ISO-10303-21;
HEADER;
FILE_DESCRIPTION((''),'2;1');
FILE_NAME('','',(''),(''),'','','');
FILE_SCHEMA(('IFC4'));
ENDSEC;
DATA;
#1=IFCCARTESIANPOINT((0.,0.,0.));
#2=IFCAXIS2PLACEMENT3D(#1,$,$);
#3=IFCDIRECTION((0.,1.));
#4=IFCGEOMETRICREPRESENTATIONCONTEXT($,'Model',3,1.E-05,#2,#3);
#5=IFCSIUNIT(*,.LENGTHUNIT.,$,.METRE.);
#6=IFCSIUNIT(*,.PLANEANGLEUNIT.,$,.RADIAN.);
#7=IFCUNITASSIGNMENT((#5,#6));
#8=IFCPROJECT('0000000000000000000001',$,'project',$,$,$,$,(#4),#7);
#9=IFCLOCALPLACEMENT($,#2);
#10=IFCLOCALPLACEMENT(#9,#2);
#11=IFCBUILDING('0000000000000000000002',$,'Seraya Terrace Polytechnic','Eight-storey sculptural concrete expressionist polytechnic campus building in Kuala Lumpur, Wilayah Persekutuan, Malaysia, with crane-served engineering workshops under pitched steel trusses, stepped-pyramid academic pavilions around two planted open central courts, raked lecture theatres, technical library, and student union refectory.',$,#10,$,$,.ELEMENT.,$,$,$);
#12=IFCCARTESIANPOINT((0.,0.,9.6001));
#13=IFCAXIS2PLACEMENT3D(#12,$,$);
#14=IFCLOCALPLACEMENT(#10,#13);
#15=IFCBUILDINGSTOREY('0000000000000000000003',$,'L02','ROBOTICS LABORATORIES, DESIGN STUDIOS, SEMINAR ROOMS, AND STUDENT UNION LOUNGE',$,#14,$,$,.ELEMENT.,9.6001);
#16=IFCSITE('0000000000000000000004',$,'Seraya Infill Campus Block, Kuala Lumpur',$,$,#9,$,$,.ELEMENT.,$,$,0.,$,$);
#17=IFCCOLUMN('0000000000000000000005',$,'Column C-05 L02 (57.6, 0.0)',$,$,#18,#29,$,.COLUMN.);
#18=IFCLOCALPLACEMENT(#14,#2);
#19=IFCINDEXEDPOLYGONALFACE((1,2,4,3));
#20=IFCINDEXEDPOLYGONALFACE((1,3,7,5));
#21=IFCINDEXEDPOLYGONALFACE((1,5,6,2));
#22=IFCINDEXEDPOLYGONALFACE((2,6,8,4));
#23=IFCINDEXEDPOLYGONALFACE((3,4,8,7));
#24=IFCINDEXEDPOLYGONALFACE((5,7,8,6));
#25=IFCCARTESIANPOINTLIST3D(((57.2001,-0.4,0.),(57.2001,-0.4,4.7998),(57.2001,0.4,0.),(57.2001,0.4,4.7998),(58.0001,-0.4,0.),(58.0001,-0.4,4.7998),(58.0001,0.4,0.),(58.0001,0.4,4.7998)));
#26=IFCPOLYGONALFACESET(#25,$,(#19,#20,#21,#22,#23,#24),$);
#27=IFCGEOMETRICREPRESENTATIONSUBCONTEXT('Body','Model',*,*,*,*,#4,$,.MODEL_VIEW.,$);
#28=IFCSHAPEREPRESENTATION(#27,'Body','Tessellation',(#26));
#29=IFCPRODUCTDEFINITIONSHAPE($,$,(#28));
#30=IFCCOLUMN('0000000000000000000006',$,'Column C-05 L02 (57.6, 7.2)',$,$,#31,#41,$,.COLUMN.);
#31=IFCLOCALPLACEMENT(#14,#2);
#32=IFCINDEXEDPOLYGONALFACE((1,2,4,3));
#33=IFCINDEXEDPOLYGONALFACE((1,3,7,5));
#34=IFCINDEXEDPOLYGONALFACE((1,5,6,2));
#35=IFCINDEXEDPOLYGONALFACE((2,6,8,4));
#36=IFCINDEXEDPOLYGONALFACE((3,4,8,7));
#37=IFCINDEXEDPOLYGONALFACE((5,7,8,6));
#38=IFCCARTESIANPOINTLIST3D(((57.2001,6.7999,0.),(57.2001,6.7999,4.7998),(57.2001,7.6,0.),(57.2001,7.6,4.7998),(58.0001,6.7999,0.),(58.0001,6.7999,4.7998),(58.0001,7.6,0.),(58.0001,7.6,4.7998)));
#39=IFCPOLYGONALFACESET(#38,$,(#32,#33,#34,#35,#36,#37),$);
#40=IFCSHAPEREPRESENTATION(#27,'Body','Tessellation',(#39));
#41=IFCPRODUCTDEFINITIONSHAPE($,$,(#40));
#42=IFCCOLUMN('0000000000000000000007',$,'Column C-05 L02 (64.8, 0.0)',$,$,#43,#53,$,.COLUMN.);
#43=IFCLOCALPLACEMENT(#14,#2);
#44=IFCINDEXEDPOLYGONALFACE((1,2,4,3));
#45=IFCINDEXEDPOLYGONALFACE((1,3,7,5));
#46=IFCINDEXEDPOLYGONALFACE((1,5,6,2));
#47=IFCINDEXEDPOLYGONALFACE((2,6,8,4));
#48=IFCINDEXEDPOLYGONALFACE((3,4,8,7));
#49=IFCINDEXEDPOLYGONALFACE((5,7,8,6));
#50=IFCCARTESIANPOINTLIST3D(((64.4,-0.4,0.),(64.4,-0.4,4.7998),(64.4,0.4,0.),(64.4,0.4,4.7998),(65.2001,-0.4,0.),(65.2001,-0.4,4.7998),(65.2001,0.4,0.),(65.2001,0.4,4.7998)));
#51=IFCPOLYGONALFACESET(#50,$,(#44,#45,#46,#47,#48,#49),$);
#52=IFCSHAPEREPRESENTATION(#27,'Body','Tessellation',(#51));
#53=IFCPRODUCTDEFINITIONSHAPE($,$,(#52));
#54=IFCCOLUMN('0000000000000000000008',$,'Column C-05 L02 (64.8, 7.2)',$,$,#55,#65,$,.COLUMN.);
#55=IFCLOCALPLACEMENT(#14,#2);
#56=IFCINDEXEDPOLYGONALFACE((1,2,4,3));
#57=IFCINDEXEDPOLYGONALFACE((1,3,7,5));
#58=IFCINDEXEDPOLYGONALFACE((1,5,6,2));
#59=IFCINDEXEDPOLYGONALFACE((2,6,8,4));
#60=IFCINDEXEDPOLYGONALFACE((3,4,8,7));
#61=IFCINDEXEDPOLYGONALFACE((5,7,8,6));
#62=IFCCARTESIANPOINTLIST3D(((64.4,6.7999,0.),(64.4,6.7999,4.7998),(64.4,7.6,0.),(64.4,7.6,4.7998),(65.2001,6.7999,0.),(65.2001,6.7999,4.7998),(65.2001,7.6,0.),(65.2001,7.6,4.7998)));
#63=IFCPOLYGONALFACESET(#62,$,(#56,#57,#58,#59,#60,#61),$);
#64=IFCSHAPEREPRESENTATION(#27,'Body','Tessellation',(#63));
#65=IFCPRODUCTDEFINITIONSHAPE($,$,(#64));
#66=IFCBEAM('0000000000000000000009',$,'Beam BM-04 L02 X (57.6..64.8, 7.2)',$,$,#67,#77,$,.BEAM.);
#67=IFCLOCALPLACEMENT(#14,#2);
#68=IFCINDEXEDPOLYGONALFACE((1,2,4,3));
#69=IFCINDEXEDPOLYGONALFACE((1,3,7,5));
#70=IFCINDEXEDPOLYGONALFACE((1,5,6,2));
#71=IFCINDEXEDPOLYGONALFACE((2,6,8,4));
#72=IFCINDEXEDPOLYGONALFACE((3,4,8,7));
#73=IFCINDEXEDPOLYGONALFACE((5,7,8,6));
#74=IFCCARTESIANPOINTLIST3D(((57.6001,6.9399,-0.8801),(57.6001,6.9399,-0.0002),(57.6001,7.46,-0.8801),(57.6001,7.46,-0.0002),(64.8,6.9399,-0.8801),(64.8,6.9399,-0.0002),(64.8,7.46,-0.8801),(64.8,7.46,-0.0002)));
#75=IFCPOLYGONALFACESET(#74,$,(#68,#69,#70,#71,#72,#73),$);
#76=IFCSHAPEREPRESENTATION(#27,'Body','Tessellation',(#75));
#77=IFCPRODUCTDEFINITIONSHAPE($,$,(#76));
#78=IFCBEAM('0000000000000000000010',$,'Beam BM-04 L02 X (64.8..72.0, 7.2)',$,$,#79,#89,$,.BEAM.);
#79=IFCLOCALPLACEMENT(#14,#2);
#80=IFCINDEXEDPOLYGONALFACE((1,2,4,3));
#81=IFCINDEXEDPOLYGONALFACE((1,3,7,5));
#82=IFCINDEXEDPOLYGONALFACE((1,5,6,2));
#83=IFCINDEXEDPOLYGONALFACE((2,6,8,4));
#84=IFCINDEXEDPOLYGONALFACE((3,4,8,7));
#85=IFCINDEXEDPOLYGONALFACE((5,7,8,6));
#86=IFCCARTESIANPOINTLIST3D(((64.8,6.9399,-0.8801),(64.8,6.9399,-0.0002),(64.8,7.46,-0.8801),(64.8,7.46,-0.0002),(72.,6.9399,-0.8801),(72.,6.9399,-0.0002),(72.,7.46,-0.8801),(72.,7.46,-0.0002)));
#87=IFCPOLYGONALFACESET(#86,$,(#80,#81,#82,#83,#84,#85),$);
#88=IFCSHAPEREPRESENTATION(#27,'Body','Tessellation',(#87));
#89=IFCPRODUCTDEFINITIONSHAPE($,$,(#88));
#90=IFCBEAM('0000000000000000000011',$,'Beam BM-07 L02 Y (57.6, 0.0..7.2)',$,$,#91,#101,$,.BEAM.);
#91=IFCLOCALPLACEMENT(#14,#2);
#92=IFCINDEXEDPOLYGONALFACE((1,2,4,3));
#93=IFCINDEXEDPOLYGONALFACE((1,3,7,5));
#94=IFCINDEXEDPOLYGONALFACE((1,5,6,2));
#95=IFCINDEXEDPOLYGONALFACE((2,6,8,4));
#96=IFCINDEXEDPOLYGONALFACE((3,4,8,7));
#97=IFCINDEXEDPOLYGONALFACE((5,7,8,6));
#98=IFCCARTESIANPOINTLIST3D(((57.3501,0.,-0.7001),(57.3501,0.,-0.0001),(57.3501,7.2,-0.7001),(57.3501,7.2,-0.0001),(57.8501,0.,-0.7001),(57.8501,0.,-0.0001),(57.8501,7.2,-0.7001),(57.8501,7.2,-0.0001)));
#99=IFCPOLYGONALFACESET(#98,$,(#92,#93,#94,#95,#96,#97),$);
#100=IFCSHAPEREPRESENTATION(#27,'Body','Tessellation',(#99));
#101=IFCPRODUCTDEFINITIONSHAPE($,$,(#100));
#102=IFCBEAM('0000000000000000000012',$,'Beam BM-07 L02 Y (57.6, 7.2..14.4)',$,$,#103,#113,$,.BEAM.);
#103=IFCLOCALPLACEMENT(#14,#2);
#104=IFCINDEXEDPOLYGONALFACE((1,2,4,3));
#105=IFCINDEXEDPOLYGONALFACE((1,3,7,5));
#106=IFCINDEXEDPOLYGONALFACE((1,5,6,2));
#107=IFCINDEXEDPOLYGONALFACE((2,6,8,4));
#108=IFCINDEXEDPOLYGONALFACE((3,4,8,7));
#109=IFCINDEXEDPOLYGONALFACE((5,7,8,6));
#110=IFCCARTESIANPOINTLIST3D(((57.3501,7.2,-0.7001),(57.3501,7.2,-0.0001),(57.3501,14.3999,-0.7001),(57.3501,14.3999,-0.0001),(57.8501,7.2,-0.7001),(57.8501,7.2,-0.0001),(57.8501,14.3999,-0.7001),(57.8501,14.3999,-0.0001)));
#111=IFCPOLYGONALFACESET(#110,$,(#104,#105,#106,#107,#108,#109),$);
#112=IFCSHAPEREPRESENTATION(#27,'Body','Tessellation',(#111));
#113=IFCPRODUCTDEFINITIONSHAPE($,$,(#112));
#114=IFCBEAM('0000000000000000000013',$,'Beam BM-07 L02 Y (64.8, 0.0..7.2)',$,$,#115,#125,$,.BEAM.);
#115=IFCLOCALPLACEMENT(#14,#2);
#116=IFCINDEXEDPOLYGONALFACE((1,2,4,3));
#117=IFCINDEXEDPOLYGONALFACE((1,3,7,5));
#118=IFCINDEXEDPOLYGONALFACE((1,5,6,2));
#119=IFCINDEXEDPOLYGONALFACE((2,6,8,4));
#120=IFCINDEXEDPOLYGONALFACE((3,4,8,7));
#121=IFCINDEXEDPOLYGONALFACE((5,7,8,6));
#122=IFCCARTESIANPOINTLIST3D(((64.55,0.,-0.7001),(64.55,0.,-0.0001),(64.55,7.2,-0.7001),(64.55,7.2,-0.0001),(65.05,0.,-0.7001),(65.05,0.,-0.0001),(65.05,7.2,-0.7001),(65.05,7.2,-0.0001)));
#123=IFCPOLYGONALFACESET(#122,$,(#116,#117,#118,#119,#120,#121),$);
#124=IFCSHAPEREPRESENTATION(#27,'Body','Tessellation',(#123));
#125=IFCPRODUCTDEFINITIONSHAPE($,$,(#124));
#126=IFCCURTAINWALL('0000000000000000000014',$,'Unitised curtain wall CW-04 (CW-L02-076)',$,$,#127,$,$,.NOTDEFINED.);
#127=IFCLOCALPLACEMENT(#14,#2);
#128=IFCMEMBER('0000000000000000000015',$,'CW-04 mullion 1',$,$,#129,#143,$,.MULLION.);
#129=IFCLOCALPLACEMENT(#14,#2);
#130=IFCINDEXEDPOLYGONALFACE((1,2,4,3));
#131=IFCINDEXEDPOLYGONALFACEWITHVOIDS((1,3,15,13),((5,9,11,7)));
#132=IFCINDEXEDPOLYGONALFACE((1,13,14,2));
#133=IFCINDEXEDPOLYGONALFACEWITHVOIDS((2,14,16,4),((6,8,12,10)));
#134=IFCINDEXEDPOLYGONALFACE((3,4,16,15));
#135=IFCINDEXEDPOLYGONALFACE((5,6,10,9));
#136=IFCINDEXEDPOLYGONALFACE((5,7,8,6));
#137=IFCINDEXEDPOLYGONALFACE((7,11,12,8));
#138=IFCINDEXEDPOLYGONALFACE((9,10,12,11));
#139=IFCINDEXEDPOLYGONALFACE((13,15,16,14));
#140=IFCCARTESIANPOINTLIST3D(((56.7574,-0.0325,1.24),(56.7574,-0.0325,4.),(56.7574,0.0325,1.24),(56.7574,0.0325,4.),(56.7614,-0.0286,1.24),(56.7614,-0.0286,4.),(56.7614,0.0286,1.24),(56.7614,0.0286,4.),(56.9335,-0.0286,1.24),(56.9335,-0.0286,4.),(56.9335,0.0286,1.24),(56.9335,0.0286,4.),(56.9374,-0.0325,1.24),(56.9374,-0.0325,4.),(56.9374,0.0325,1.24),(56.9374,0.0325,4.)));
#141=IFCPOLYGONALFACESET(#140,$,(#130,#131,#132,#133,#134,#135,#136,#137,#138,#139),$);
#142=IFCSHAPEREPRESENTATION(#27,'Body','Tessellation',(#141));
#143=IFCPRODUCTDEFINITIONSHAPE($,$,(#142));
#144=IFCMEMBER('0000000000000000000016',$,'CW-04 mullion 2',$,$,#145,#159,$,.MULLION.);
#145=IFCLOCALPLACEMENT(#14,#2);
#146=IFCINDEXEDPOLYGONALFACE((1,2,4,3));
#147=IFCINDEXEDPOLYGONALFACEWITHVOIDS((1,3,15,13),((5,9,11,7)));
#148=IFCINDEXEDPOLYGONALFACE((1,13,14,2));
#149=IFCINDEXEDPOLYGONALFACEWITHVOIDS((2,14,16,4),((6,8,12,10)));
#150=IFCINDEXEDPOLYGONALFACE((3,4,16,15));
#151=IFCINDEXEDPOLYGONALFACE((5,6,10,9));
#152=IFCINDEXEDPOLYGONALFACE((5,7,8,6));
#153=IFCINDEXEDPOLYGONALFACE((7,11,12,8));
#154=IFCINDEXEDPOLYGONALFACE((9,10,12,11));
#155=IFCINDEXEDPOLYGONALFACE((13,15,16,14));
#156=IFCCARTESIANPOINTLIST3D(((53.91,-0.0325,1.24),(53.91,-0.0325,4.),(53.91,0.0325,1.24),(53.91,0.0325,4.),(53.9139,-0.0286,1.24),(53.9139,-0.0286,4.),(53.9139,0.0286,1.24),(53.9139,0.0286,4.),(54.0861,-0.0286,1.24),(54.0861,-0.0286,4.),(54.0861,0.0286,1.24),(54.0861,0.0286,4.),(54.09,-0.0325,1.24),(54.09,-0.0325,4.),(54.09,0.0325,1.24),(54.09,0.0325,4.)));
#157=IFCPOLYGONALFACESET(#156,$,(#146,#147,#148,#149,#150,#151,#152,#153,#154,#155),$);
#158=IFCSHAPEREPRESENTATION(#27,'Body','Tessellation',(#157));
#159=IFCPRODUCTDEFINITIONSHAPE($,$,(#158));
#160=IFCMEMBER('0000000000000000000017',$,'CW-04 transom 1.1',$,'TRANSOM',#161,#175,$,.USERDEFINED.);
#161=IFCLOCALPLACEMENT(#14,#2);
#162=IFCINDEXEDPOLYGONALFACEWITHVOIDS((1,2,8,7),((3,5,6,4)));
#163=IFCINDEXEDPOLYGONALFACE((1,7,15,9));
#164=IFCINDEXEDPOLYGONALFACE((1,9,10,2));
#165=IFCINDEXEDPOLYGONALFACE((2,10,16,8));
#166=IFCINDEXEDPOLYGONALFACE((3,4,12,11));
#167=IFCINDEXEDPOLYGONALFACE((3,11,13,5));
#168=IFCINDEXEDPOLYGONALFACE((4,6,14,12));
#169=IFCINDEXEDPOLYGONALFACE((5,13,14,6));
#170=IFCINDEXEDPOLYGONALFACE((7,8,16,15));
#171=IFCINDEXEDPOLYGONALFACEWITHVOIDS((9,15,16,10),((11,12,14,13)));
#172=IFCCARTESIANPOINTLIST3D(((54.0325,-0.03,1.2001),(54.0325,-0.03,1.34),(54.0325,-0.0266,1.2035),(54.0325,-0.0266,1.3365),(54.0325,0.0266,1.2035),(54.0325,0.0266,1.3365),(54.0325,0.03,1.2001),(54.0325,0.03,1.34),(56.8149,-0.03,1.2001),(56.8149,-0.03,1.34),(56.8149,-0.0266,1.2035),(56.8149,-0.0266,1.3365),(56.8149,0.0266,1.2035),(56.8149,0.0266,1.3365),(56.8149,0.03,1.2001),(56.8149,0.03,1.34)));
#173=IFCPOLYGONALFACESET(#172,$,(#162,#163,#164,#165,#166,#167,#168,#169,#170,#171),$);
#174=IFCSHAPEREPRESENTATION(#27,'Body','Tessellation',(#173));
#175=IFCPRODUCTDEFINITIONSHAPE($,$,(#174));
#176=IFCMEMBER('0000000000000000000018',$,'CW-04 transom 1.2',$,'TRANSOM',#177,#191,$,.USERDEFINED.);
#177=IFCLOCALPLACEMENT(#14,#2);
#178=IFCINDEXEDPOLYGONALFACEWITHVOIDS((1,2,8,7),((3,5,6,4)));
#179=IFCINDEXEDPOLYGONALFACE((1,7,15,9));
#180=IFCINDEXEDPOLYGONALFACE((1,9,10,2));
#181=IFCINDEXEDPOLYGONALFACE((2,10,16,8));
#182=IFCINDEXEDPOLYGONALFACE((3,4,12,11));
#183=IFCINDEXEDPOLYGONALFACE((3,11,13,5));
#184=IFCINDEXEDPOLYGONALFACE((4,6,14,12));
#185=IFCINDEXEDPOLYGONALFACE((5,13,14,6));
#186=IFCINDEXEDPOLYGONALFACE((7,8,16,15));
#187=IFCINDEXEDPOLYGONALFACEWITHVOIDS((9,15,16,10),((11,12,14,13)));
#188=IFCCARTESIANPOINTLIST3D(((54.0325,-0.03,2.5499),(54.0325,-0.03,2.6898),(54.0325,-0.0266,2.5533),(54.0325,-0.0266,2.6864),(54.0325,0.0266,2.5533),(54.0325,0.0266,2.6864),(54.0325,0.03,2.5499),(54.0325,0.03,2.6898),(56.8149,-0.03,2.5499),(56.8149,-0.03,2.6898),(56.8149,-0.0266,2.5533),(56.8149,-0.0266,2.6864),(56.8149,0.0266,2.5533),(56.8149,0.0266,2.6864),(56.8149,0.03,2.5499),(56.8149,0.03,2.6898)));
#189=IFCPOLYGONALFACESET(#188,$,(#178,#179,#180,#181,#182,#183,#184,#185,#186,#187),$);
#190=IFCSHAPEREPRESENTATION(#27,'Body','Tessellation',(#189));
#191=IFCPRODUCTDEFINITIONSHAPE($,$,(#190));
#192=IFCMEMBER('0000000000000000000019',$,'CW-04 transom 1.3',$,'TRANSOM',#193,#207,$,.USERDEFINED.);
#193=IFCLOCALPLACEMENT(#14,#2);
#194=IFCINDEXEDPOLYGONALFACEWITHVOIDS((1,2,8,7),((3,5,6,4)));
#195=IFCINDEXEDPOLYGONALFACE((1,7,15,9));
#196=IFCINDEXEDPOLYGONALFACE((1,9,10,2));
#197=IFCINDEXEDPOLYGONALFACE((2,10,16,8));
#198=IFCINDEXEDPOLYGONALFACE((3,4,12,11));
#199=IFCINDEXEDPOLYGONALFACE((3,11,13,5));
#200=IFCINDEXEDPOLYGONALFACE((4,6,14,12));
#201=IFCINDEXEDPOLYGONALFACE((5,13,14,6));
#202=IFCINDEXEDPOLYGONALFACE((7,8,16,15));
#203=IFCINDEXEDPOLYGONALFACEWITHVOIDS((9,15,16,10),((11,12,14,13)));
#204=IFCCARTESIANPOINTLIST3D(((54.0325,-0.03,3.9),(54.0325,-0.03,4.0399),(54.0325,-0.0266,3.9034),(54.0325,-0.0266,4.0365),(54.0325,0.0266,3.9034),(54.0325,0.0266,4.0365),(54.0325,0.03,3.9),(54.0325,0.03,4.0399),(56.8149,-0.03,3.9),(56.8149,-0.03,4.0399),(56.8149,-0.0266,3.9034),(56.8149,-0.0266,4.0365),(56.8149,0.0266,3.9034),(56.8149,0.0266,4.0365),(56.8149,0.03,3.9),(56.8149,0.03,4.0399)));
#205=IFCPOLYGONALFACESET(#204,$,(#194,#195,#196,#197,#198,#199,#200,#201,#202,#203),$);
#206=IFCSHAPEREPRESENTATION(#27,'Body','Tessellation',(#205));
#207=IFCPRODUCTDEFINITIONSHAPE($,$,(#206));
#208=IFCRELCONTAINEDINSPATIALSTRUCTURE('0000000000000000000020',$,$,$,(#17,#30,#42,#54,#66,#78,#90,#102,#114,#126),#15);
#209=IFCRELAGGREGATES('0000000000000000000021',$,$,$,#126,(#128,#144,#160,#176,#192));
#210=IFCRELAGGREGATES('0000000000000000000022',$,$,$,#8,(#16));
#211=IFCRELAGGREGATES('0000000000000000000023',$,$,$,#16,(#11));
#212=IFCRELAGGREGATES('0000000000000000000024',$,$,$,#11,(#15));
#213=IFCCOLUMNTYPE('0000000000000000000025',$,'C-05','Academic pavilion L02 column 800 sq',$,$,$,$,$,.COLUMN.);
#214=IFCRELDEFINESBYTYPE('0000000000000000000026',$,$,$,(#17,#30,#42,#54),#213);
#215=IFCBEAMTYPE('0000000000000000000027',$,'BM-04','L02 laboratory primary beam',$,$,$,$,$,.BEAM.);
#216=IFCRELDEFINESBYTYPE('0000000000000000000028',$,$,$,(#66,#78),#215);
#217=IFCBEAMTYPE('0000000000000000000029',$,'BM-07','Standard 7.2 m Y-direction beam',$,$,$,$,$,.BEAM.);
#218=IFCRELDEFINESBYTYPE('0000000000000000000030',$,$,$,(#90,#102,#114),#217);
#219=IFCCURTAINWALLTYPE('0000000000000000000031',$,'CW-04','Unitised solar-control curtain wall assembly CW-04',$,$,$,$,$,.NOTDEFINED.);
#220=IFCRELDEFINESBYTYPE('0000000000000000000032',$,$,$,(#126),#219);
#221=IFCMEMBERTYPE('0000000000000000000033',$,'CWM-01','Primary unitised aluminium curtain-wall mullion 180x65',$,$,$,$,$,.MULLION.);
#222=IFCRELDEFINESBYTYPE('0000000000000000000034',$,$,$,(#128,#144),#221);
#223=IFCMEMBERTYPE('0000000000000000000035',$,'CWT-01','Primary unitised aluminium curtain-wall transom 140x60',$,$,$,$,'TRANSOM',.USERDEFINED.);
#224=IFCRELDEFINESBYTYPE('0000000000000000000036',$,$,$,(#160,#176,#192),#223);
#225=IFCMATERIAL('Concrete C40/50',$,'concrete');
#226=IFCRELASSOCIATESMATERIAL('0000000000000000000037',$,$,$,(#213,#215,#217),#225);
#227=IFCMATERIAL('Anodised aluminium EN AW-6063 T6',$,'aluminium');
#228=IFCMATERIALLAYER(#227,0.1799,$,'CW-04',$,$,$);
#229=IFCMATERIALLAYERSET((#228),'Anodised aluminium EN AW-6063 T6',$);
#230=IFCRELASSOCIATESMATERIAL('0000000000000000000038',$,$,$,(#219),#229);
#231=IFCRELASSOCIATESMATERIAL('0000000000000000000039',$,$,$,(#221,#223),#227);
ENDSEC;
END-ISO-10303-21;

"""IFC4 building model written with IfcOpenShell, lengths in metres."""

from ifc_helpers import new_model, si_unit, direction, frame, origin, origin_2d, place, context, subcontext, project, spatial, rectangle, hollow_rectangle, extrude, material, layer, layer_set, material_profile, profile_set, type_object, element, aggregate, save


model = new_model("IFC4")

# Units and contexts
model_context = context("Model", 3, precision=1e-05, world=origin(), true_north=direction((0.0, 1.0)))
body_context = subcontext(model_context, "Body", "Model", "MODEL_VIEW")
ifc_project = project(units=[si_unit("LENGTHUNIT", "METRE"), si_unit("PLANEANGLEUNIT", "RADIAN")], contexts=[model_context])

# Site, building, storey
site_placement = place(None, origin())
site = spatial("IfcSite", under=ifc_project, at=site_placement, Name="Seraya Infill Campus Block, Kuala Lumpur", CompositionType="ELEMENT", RefElevation=0.0)
building_placement = place(site_placement, origin())
building = spatial("IfcBuilding", under=site, at=building_placement, Name="Seraya Terrace Polytechnic", Description="Eight-storey sculptural concrete expressionist polytechnic campus building in Kuala Lumpur, Wilayah Persekutuan, Malaysia, with crane-served engineering workshops under pitched steel trusses, stepped-pyramid academic pavilions around two planted open central courts, raked lecture theatres, technical library, and student union refectory.", CompositionType="ELEMENT")
storey_placement = place(building_placement, frame((0.0, 0.0, 9.6001)))
storey = spatial("IfcBuildingStorey", under=building, at=storey_placement, Name="L02", Description="ROBOTICS LABORATORIES, DESIGN STUDIOS, SEMINAR ROOMS, AND STUDENT UNION LOUNGE", CompositionType="ELEMENT", Elevation=9.6001)

# Columns
ifc_material_1 = material(Name="Concrete C40/50", Category="concrete")
ifc_material_profile_1 = material_profile(ifc_material_1, rectangle(XDim=0.8, YDim=0.8, at=origin_2d()), Name="RC 800x800")
ifc_profile_set_1 = profile_set([ifc_material_profile_1], Name="Concrete C40/50")
column_type = type_object("IfcColumnType", Name="C-05", Description="Academic pavilion L02 column 800 sq", PredefinedType="COLUMN", material=ifc_profile_set_1)
for number, where, z_axis, x_axis, name in (
    (1, (57.6001, 0.0, 0.0), (0.0, 0.0, 1.0), (1.0, 0.0, 0.0), "Column C-05 L02 (57.6, 0.0)"),
    (2, (57.6001, 7.2, 0.0), (0.0, 0.0, 1.0), (1.0, 0.0, 0.0), "Column C-05 L02 (57.6, 7.2)"),
    (3, (64.8, 0.0, 0.0), (0.0, 0.0, 1.0), (1.0, 0.0, 0.0), "Column C-05 L02 (64.8, 0.0)"),
    (4, (64.8, 7.2, 0.0), (0.0, 0.0, 1.0), (1.0, 0.0, 0.0), "Column C-05 L02 (64.8, 7.2)"),
):
    element("IfcColumn", number, at=place(storey_placement, frame(where, z_axis=z_axis, x_axis=x_axis)), inside=storey, type_object=column_type, Name=name, PredefinedType="COLUMN", context=body_context, shape_type="SweptSolid", body=[
        extrude(rectangle(XDim=0.8, YDim=0.8, at=origin_2d()), origin(), (0.0, 0.0, 1.0), 4.7998),
    ])

# Beams
ifc_material_profile_2 = material_profile(ifc_material_1, rectangle(XDim=0.52, YDim=0.8799, at=origin_2d()), Name="RC 520x880")
ifc_profile_set_2 = profile_set([ifc_material_profile_2], Name="Concrete C40/50")
beam_type_1 = type_object("IfcBeamType", Name="BM-04", Description="L02 laboratory primary beam", PredefinedType="BEAM", material=ifc_profile_set_2)
for number, where, z_axis, x_axis, name in (
    (5, (57.6001, 7.2, -0.4402), (1.0, 0.0, 0.0), (0.0, 1.0, 0.0), "Beam BM-04 L02 X (57.6..64.8, 7.2)"),
    (6, (64.8, 7.2, -0.4402), (1.0, 0.0, 0.0), (0.0, 1.0, 0.0), "Beam BM-04 L02 X (64.8..72.0, 7.2)"),
):
    element("IfcBeam", number, at=place(storey_placement, frame(where, z_axis=z_axis, x_axis=x_axis)), inside=storey, type_object=beam_type_1, Name=name, PredefinedType="BEAM", context=body_context, shape_type="SweptSolid", body=[
        extrude(rectangle(XDim=0.52, YDim=0.8799, at=origin_2d()), origin(), (0.0, 0.0, 1.0), 7.2),
    ])
ifc_material_profile_3 = material_profile(ifc_material_1, rectangle(XDim=0.5, YDim=0.7, at=origin_2d()), Name="RC 500x700")
ifc_profile_set_3 = profile_set([ifc_material_profile_3], Name="Concrete C40/50")
beam_type_2 = type_object("IfcBeamType", Name="BM-07", Description="Standard 7.2 m Y-direction beam", PredefinedType="BEAM", material=ifc_profile_set_3)
for number, where, z_axis, x_axis, name in (
    (7, (57.6001, 0.0, -0.3501), (0.0, 1.0, 0.0), (-1.0, 0.0, 0.0), "Beam BM-07 L02 Y (57.6, 0.0..7.2)"),
    (8, (57.6001, 7.2, -0.3501), (0.0, 1.0, 0.0), (-1.0, 0.0, 0.0), "Beam BM-07 L02 Y (57.6, 7.2..14.4)"),
    (9, (64.8, 0.0, -0.3501), (0.0, 1.0, 0.0), (-1.0, 0.0, 0.0), "Beam BM-07 L02 Y (64.8, 0.0..7.2)"),
):
    element("IfcBeam", number, at=place(storey_placement, frame(where, z_axis=z_axis, x_axis=x_axis)), inside=storey, type_object=beam_type_2, Name=name, PredefinedType="BEAM", context=body_context, shape_type="SweptSolid", body=[
        extrude(rectangle(XDim=0.5, YDim=0.7, at=origin_2d()), origin(), (0.0, 0.0, 1.0), 7.2),
    ])

# Curtain wall, members
ifc_material_2 = material(Name="Anodised aluminium EN AW-6063 T6", Category="aluminium")
ifc_layer_1 = layer(ifc_material_2, 0.1799, Name="CW-04")
ifc_layer_set_1 = layer_set([ifc_layer_1], Name="Anodised aluminium EN AW-6063 T6")
curtain_wall_type = type_object("IfcCurtainWallType", Name="CW-04", Description="Unitised solar-control curtain wall assembly CW-04", PredefinedType="NOTDEFINED", material=ifc_layer_set_1)
curtain_wall_placement = place(storey_placement, origin())
curtain_wall = element("IfcCurtainWall", 10, at=curtain_wall_placement, inside=storey, type_object=curtain_wall_type, Name="Unitised curtain wall CW-04 (CW-L02-076)", PredefinedType="NOTDEFINED")
ifc_material_profile_4 = material_profile(ifc_material_2, hollow_rectangle(XDim=0.0649, YDim=0.1799, WallThickness=0.0039, at=origin_2d()), Name="RHS 180x65x4.0")
ifc_profile_set_4 = profile_set([ifc_material_profile_4], Name="Anodised aluminium EN AW-6063 T6")
member_type_1 = type_object("IfcMemberType", Name="CWM-01", Description="Primary unitised aluminium curtain-wall mullion 180x65", PredefinedType="MULLION", material=ifc_profile_set_4)
member_1_placement = place(storey_placement, frame((56.8474, 0.0, 1.24), z_axis=(0.0, 0.0, 1.0), x_axis=(0.0, -1.0, 0.0)))
member_1 = element("IfcMember", 11, at=member_1_placement, type_object=member_type_1, Name="CW-04 mullion 1", PredefinedType="MULLION", context=body_context, shape_type="SweptSolid", body=[
    extrude(hollow_rectangle(XDim=0.0649, YDim=0.1799, WallThickness=0.0039, at=origin_2d()), origin(), (0.0, 0.0, 1.0), 2.76),
])
member_2_placement = place(storey_placement, frame((54.0, 0.0, 1.24), z_axis=(0.0, 0.0, 1.0), x_axis=(0.0, -1.0, 0.0)))
member_2 = element("IfcMember", 12, at=member_2_placement, type_object=member_type_1, Name="CW-04 mullion 2", PredefinedType="MULLION", context=body_context, shape_type="SweptSolid", body=[
    extrude(hollow_rectangle(XDim=0.0649, YDim=0.1799, WallThickness=0.0039, at=origin_2d()), origin(), (0.0, 0.0, 1.0), 2.76),
])
ifc_material_profile_5 = material_profile(ifc_material_2, hollow_rectangle(XDim=0.0601, YDim=0.1399, WallThickness=0.0034, at=origin_2d()), Name="RHS 140x60x3.5")
ifc_profile_set_5 = profile_set([ifc_material_profile_5], Name="Anodised aluminium EN AW-6063 T6")
member_type_2 = type_object("IfcMemberType", Name="CWT-01", Description="Primary unitised aluminium curtain-wall transom 140x60", ElementType="TRANSOM", PredefinedType="USERDEFINED", material=ifc_profile_set_5)
member_3_placement = place(storey_placement, frame((56.8149, 0.0, 1.27), z_axis=(-1.0, 0.0, 0.0), x_axis=(0.0, -1.0, 0.0)))
member_3 = element("IfcMember", 13, at=member_3_placement, type_object=member_type_2, Name="CW-04 transom 1.1", ObjectType="TRANSOM", PredefinedType="USERDEFINED", context=body_context, shape_type="SweptSolid", body=[
    extrude(hollow_rectangle(XDim=0.0601, YDim=0.1399, WallThickness=0.0034, at=origin_2d()), origin(), (0.0, 0.0, 1.0), 2.7825),
])
member_4_placement = place(storey_placement, frame((56.8149, 0.0, 2.6199), z_axis=(-1.0, 0.0, 0.0), x_axis=(0.0, -1.0, 0.0)))
member_4 = element("IfcMember", 14, at=member_4_placement, type_object=member_type_2, Name="CW-04 transom 1.2", ObjectType="TRANSOM", PredefinedType="USERDEFINED", context=body_context, shape_type="SweptSolid", body=[
    extrude(hollow_rectangle(XDim=0.0601, YDim=0.1399, WallThickness=0.0034, at=origin_2d()), origin(), (0.0, 0.0, 1.0), 2.7825),
])
member_5_placement = place(storey_placement, frame((56.8149, 0.0, 3.97), z_axis=(-1.0, 0.0, 0.0), x_axis=(0.0, -1.0, 0.0)))
member_5 = element("IfcMember", 15, at=member_5_placement, type_object=member_type_2, Name="CW-04 transom 1.3", ObjectType="TRANSOM", PredefinedType="USERDEFINED", context=body_context, shape_type="SweptSolid", body=[
    extrude(hollow_rectangle(XDim=0.0601, YDim=0.1399, WallThickness=0.0034, at=origin_2d()), origin(), (0.0, 0.0, 1.0), 2.7825),
])

aggregate(curtain_wall, [member_1, member_2, member_3, member_4, member_5])

save(model, "model.ifc")
